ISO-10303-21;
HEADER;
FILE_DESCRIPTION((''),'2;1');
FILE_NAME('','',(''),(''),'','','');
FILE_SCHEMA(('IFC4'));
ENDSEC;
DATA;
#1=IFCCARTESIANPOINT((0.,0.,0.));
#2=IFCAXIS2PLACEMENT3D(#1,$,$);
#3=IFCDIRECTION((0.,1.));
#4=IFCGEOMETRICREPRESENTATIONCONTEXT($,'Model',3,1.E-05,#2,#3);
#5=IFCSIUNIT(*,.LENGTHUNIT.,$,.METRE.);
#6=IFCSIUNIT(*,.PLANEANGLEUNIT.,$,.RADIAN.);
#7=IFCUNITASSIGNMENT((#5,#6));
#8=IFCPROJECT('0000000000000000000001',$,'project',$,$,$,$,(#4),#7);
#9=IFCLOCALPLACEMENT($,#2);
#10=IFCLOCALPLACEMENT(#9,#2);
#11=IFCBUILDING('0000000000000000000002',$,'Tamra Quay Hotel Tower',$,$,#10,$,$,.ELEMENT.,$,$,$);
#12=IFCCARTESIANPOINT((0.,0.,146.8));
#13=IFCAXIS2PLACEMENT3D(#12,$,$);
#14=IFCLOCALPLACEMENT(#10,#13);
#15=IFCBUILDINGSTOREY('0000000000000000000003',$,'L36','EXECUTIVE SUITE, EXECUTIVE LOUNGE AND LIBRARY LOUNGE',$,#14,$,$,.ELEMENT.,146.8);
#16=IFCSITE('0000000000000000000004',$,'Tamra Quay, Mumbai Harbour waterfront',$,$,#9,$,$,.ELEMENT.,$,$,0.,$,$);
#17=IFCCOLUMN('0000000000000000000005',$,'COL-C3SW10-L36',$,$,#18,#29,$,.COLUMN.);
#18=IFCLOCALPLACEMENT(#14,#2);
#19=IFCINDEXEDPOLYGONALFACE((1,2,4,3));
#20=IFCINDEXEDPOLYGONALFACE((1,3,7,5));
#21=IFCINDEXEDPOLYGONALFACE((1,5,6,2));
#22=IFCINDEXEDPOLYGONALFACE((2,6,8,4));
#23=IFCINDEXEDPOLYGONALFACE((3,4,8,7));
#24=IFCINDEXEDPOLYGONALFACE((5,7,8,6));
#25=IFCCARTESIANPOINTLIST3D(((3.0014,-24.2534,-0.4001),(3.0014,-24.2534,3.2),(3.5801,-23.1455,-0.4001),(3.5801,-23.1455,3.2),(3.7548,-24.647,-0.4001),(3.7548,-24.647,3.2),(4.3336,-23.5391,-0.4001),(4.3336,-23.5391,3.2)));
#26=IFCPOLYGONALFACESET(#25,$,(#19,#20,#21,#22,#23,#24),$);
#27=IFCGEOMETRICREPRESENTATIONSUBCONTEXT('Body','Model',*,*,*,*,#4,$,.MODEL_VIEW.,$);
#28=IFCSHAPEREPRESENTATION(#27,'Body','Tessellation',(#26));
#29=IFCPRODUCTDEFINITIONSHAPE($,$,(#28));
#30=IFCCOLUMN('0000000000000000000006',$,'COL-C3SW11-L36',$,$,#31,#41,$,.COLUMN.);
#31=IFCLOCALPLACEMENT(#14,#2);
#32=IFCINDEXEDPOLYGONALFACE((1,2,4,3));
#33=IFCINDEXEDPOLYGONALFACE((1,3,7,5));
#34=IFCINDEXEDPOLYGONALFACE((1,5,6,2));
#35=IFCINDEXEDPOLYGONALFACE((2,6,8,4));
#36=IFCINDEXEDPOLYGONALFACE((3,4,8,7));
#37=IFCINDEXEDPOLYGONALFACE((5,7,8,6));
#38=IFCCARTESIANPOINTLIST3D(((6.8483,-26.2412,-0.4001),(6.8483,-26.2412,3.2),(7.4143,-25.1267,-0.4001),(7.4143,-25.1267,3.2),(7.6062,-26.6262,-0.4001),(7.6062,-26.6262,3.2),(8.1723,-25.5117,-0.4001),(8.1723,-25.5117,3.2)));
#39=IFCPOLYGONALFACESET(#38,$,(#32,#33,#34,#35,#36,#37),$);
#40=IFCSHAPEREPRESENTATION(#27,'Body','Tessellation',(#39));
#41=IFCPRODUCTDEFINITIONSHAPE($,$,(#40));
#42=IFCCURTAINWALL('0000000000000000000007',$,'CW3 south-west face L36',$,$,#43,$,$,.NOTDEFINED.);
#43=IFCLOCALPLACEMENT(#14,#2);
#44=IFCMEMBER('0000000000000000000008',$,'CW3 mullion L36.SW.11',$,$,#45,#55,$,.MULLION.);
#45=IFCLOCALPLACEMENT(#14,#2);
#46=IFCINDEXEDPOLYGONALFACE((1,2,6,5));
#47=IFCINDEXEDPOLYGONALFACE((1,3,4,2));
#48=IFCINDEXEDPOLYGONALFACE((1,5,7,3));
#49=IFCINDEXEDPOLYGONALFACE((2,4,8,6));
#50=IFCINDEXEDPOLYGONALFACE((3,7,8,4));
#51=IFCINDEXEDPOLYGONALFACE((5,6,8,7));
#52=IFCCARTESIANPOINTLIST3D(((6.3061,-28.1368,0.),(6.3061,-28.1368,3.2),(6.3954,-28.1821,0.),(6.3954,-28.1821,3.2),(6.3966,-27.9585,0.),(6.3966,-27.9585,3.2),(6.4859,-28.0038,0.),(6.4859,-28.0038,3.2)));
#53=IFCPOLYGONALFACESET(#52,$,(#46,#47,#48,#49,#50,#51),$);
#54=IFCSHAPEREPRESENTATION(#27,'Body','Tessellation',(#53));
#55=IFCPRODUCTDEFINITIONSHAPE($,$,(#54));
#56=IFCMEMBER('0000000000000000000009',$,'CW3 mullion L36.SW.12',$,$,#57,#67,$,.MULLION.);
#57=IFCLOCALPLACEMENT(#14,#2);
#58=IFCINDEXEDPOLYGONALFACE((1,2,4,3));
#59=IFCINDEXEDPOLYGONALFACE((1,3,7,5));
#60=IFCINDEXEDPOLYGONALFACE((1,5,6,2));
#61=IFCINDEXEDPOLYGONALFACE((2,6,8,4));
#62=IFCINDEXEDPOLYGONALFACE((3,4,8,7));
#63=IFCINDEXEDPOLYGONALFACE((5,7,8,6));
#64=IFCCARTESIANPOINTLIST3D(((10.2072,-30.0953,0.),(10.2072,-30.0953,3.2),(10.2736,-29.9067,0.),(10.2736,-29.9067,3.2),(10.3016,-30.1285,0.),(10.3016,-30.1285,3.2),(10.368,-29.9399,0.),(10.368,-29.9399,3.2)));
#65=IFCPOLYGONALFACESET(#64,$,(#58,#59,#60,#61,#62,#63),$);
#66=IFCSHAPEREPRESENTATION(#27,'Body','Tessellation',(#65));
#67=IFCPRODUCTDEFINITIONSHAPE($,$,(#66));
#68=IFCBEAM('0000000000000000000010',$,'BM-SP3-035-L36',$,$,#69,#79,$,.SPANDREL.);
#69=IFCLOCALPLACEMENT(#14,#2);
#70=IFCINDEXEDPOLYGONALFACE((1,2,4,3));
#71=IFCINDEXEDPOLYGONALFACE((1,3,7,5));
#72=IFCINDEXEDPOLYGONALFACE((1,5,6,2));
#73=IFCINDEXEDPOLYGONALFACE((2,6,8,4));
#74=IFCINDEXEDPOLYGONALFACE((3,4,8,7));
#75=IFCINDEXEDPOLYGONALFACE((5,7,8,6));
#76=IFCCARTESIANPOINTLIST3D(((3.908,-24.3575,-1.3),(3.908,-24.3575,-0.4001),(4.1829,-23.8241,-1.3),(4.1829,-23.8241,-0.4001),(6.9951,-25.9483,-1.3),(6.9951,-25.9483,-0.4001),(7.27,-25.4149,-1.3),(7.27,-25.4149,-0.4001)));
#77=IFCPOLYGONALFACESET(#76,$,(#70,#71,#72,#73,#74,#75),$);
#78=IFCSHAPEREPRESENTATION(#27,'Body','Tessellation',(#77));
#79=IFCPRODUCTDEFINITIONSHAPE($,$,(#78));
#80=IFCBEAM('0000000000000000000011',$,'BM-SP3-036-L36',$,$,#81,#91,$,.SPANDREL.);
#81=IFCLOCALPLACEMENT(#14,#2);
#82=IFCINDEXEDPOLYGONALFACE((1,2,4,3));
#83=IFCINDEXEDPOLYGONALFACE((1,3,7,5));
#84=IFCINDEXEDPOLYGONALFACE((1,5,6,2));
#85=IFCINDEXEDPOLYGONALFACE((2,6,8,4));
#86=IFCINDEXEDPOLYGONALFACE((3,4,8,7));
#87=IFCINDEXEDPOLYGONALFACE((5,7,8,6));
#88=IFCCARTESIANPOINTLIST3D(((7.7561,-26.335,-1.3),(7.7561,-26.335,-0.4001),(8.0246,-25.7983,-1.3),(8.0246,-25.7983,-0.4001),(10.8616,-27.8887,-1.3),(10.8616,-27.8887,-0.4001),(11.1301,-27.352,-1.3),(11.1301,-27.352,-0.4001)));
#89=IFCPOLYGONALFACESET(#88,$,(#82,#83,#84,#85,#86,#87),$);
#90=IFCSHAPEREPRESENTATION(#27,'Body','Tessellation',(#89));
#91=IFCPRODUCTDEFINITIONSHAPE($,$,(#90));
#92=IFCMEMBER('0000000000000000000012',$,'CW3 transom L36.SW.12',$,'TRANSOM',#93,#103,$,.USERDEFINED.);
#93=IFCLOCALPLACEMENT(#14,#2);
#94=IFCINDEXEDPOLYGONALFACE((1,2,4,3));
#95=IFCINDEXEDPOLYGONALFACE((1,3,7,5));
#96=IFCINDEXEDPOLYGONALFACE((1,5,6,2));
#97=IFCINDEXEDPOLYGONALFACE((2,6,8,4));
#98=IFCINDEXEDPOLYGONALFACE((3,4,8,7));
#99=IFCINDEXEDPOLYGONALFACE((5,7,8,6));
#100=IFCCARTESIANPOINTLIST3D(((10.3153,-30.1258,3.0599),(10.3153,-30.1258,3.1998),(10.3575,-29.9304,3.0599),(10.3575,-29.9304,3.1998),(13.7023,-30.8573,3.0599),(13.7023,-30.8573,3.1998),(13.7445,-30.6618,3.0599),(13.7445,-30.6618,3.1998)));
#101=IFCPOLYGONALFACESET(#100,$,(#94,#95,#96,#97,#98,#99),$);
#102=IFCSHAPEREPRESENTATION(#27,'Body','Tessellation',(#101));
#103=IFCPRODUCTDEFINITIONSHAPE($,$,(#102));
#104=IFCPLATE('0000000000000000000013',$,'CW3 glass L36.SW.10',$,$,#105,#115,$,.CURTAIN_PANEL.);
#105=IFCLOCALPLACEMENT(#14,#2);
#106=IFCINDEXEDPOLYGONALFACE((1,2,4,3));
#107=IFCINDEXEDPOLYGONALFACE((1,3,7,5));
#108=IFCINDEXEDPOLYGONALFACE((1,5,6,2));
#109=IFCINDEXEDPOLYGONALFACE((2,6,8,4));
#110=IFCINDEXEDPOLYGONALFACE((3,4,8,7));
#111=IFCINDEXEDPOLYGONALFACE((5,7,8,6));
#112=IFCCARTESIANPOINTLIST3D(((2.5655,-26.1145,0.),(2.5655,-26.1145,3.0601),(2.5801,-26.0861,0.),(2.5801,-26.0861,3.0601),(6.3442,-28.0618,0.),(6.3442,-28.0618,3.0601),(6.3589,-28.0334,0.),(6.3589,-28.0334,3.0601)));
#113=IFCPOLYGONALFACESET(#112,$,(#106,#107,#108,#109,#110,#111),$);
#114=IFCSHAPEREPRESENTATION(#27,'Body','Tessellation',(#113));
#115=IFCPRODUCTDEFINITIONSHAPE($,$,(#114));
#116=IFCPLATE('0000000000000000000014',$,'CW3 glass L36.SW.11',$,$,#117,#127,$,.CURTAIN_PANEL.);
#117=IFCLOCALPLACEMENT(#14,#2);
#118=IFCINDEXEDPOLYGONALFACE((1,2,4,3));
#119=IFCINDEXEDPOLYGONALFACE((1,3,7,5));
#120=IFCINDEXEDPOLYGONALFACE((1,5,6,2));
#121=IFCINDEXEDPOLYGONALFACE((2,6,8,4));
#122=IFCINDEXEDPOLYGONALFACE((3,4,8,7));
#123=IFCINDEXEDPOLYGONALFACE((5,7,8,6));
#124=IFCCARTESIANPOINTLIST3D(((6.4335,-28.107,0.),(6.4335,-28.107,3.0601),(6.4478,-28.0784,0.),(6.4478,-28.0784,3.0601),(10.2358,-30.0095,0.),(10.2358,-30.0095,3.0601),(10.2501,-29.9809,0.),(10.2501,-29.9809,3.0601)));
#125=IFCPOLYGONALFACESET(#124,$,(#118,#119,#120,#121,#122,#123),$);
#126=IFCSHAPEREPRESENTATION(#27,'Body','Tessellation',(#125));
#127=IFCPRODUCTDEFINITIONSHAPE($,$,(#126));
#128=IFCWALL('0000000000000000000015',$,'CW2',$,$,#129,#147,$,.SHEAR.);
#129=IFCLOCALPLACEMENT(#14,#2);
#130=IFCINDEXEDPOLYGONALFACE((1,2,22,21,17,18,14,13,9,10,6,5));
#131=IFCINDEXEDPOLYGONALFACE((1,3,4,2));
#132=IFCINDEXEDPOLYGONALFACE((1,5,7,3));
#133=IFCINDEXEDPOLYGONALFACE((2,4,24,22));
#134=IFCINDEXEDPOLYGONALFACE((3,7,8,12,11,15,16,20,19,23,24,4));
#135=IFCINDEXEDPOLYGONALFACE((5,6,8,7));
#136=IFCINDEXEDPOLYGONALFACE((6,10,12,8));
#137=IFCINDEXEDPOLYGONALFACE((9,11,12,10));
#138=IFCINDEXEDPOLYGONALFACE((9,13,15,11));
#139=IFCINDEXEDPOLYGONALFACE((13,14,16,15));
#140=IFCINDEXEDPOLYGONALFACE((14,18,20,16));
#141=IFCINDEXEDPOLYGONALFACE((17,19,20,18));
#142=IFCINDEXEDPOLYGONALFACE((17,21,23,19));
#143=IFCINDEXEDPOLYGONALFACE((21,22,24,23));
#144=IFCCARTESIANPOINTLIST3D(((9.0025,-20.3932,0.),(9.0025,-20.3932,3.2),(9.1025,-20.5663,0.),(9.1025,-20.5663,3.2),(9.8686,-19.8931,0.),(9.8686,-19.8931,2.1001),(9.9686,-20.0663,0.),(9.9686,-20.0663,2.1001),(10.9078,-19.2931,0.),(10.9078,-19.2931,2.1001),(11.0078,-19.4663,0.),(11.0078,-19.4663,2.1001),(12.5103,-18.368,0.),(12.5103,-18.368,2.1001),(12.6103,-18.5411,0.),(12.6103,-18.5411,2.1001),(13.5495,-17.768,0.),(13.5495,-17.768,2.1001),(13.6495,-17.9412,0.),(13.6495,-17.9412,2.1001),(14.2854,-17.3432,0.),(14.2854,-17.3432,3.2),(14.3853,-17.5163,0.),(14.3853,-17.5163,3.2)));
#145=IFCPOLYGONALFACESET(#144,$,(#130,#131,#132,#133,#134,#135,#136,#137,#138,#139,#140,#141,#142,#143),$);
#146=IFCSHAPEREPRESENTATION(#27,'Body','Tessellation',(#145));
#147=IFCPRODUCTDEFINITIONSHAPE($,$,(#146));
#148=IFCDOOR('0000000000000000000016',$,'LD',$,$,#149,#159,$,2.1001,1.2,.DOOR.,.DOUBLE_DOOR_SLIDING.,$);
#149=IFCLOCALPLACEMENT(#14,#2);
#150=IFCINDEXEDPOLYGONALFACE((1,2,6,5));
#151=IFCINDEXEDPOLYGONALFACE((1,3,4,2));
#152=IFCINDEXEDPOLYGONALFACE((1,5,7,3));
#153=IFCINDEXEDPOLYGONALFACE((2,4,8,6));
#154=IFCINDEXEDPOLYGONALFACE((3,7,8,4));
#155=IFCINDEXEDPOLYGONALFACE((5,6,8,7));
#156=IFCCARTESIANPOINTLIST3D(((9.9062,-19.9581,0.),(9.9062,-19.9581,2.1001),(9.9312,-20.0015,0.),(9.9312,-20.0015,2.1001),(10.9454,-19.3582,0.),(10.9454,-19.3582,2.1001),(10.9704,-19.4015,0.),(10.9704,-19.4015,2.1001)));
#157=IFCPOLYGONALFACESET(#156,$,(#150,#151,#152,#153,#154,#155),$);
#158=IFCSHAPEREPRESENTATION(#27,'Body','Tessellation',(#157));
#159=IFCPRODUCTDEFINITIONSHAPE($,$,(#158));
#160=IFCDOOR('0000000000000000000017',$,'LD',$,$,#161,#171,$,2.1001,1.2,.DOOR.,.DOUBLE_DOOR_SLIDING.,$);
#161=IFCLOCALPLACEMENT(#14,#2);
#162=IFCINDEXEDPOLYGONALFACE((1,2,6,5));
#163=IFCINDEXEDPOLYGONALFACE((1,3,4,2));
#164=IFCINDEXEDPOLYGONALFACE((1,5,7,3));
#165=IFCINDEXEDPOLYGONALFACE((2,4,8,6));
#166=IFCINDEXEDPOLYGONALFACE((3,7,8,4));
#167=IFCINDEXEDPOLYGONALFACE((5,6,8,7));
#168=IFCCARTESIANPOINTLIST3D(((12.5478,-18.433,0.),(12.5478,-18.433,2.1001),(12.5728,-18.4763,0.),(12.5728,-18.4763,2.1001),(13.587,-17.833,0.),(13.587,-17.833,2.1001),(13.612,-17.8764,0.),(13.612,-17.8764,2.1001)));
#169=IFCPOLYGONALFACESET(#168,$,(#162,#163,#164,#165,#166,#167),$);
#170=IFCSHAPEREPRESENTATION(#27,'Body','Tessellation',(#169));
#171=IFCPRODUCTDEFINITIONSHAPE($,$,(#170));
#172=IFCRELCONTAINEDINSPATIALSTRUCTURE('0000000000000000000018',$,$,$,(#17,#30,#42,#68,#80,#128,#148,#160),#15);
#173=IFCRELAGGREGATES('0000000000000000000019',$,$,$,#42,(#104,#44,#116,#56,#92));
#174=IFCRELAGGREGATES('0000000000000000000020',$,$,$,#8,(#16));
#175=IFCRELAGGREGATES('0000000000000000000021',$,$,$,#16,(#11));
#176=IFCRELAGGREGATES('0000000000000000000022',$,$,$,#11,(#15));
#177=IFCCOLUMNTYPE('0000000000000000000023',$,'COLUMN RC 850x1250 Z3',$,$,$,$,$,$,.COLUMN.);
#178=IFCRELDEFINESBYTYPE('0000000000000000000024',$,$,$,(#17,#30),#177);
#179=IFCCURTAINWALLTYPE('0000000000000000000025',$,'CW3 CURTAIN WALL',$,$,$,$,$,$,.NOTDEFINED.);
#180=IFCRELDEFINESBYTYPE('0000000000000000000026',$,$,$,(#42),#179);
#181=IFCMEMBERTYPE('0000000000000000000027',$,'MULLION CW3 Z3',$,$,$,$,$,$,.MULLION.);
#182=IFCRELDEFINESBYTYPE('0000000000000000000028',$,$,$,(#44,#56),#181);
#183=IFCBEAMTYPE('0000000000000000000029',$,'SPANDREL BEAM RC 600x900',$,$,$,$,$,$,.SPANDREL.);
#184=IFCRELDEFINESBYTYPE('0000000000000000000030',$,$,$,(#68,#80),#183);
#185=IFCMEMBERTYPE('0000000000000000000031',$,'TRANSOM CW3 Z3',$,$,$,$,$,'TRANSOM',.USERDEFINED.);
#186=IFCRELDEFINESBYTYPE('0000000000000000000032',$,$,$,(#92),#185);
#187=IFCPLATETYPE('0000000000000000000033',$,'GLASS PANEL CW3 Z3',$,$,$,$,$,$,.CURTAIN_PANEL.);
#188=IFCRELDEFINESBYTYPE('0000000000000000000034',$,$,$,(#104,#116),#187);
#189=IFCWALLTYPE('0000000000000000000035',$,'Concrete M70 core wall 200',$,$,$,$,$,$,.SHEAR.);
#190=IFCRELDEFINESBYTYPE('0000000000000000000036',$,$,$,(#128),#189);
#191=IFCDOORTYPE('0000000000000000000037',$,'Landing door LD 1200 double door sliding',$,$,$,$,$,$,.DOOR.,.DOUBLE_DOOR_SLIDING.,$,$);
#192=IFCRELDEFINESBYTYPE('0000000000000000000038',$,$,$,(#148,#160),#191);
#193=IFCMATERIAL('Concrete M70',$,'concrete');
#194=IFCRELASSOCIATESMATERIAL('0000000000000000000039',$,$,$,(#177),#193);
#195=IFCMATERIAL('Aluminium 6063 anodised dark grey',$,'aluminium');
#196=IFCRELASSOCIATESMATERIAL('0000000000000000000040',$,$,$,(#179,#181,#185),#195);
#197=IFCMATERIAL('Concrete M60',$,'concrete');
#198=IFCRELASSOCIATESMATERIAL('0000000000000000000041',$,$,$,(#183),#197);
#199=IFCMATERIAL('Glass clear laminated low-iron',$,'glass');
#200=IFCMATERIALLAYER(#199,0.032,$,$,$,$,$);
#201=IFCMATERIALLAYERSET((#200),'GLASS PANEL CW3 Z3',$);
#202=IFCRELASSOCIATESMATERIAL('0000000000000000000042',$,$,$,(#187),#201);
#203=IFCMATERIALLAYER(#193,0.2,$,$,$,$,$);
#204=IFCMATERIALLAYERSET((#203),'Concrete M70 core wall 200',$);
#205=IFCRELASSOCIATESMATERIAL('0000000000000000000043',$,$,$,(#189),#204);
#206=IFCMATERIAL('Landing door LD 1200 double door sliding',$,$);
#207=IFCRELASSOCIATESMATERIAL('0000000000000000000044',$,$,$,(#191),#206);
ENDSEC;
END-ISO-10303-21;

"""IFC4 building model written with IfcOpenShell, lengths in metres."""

from ifc_helpers import new_model, si_unit, direction, frame, frame_2d, origin, origin_2d, place, context, subcontext, project, spatial, rectangle, extrude, material, layer, layer_set, material_profile, profile_set, type_object, element, fill, aggregate, save


model = new_model("IFC4")

# Units and contexts
model_context = context("Model", 3, precision=1e-05, world=origin(), true_north=direction((0.0, 1.0)))
body_context = subcontext(model_context, "Body", "Model", "MODEL_VIEW")
ifc_project = project(units=[si_unit("LENGTHUNIT", "METRE"), si_unit("PLANEANGLEUNIT", "RADIAN")], contexts=[model_context])

# Site, building, storey
site_placement = place(None, origin())
site = spatial("IfcSite", under=ifc_project, at=site_placement, Name="Tamra Quay, Mumbai Harbour waterfront", CompositionType="ELEMENT", RefElevation=0.0)
building_placement = place(site_placement, origin())
building = spatial("IfcBuilding", under=site, at=building_placement, Name="Tamra Quay Hotel Tower", CompositionType="ELEMENT")
storey_placement = place(building_placement, frame((0.0, 0.0, 146.8)))
storey = spatial("IfcBuildingStorey", under=building, at=storey_placement, Name="L36", Description="EXECUTIVE SUITE, EXECUTIVE LOUNGE AND LIBRARY LOUNGE", CompositionType="ELEMENT", Elevation=146.8)

# Columns
ifc_material_1 = material(Name="Concrete M70", Category="concrete")
ifc_material_profile_1 = material_profile(ifc_material_1, rectangle(XDim=1.25, YDim=0.8501, at=origin_2d()), Name="COLUMN RC 850x1250 Z3")
ifc_profile_set_1 = profile_set([ifc_material_profile_1], Name="Concrete M70")
column_type = type_object("IfcColumnType", Name="COLUMN RC 850x1250 Z3", PredefinedType="COLUMN", material=ifc_profile_set_1)
for number, where, z_axis, x_axis, name in (
    (1, (3.6675, -23.8962, -0.4001), (0.0, 0.0, 1.0), (0.463007, 0.886355, 0.0), "COL-C3SW10-L36"),
    (2, (7.5103, -25.8765, -0.4001), (0.0, 0.0, 1.0), (0.45286, 0.891582, 0.0), "COL-C3SW11-L36"),
):
    element("IfcColumn", number, at=place(storey_placement, frame(where, z_axis=z_axis, x_axis=x_axis)), inside=storey, type_object=column_type, Name=name, PredefinedType="COLUMN", context=body_context, shape_type="SweptSolid", body=[
        extrude(rectangle(XDim=1.25, YDim=0.8501, at=origin_2d()), origin(), (0.0, 0.0, 1.0), 3.6001),
    ])

# Curtain wall, members
ifc_material_2 = material(Name="Aluminium 6063 anodised dark grey", Category="aluminium")
curtain_wall_type = type_object("IfcCurtainWallType", Name="CW3 CURTAIN WALL", PredefinedType="NOTDEFINED", material=ifc_material_2)
curtain_wall_placement = place(storey_placement, origin())
curtain_wall = element("IfcCurtainWall", 3, at=curtain_wall_placement, inside=storey, type_object=curtain_wall_type, Name="CW3 south-west face L36", PredefinedType="NOTDEFINED")
ifc_material_profile_2 = material_profile(ifc_material_2, rectangle(XDim=0.2, YDim=0.1001, at=origin_2d()), Name="MULLION 100X200")
ifc_profile_set_2 = profile_set([ifc_material_profile_2], Name="Aluminium 6063 anodised dark grey")
member_type_1 = type_object("IfcMemberType", Name="MULLION CW3 Z3", PredefinedType="MULLION", material=ifc_profile_set_2)
member_1_placement = place(storey_placement, frame((6.396, -28.0703, 0.0), z_axis=(0.0, 0.0, 1.0), x_axis=(-0.452777, -0.891624, 0.0)))
member_1 = element("IfcMember", 4, at=member_1_placement, type_object=member_type_1, Name="CW3 mullion L36.SW.11", PredefinedType="MULLION", context=body_context, shape_type="SweptSolid", body=[
    extrude(rectangle(XDim=0.2, YDim=0.1001, at=origin_2d()), origin(), (0.0, 0.0, 1.0), 3.2),
])
member_2_placement = place(storey_placement, frame((10.2876, -30.0176, 0.0), z_axis=(0.0, 0.0, 1.0), x_axis=(-0.331894, -0.943317, 0.0)))
member_2 = element("IfcMember", 5, at=member_2_placement, type_object=member_type_1, Name="CW3 mullion L36.SW.12", PredefinedType="MULLION", context=body_context, shape_type="SweptSolid", body=[
    extrude(rectangle(XDim=0.2, YDim=0.1001, at=origin_2d()), origin(), (0.0, 0.0, 1.0), 3.2),
])

# Beams
ifc_material_3 = material(Name="Concrete M60", Category="concrete")
ifc_material_profile_3 = material_profile(ifc_material_3, rectangle(XDim=0.6001, YDim=0.8999, at=origin_2d()), Name="SPANDREL BEAM RC 600x900")
ifc_profile_set_3 = profile_set([ifc_material_profile_3], Name="Concrete M60")
beam_type = type_object("IfcBeamType", Name="SPANDREL BEAM RC 600x900", PredefinedType="SPANDREL", material=ifc_profile_set_3)
beam_1_placement = place(storey_placement, frame((4.0454, -24.0908, -0.8501), z_axis=(0.88892, -0.458063, 0.0), x_axis=(0.458063, 0.88892, 0.0)))
element("IfcBeam", 6, at=beam_1_placement, inside=storey, type_object=beam_type, Name="BM-SP3-035-L36", PredefinedType="SPANDREL", context=body_context, shape_type="SweptSolid", body=[
    extrude(rectangle(XDim=0.6001, YDim=0.8999, at=origin_2d()), origin(), (0.0, 0.0, 1.0), 3.4729),
])
beam_2_placement = place(storey_placement, frame((7.8904, -26.0667, -0.8501), z_axis=(0.894315, -0.447439, 0.0), x_axis=(0.447439, 0.894315, 0.0)))
element("IfcBeam", 7, at=beam_2_placement, inside=storey, type_object=beam_type, Name="BM-SP3-036-L36", PredefinedType="SPANDREL", context=body_context, shape_type="SweptSolid", body=[
    extrude(rectangle(XDim=0.6001, YDim=0.8999, at=origin_2d()), origin(), (0.0, 0.0, 1.0), 3.4724),
])

# Member
ifc_material_profile_4 = material_profile(ifc_material_2, rectangle(XDim=0.2, YDim=0.1399, at=origin_2d()), Name="TRANSOM 200X140")
ifc_profile_set_4 = profile_set([ifc_material_profile_4], Name="Aluminium 6063 anodised dark grey")
member_type_2 = type_object("IfcMemberType", Name="TRANSOM CW3 Z3", ElementType="TRANSOM", PredefinedType="USERDEFINED", material=ifc_profile_set_4)
member_3_placement = place(storey_placement, frame((10.3364, -30.0281, 3.1299), z_axis=(0.977466, -0.211093, 0.0), x_axis=(0.211093, 0.977466, 0.0)))
member_3 = element("IfcMember", 8, at=member_3_placement, type_object=member_type_2, Name="CW3 transom L36.SW.12", ObjectType="TRANSOM", PredefinedType="USERDEFINED", context=body_context, shape_type="SweptSolid", body=[
    extrude(rectangle(XDim=0.2, YDim=0.1399, at=origin_2d()), origin(), (0.0, 0.0, 1.0), 3.4651),
])

# Plates
ifc_material_4 = material(Name="Glass clear laminated low-iron", Category="glass")
ifc_layer_1 = layer(ifc_material_4, 0.032)
ifc_layer_set_1 = layer_set([ifc_layer_1], Name="GLASS PANEL CW3 Z3")
plate_type = type_object("IfcPlateType", Name="GLASS PANEL CW3 Z3", PredefinedType="CURTAIN_PANEL", material=ifc_layer_set_1)
plate_1_placement = place(storey_placement, frame((4.4622, -27.074, 0.0), z_axis=(0.0, 0.0, 1.0), x_axis=(0.888911, -0.458079, 0.0)))
plate_1 = element("IfcPlate", 9, at=plate_1_placement, type_object=plate_type, Name="CW3 glass L36.SW.10", PredefinedType="CURTAIN_PANEL", context=body_context, shape_type="SweptSolid", body=[
    extrude(rectangle(XDim=4.251, YDim=0.032, at=origin_2d()), origin(), (0.0, 0.0, 1.0), 3.0601),
])
plate_2_placement = place(storey_placement, frame((8.3418, -29.0439, 0.0), z_axis=(0.0, 0.0, 1.0), x_axis=(0.894305, -0.447459, 0.0)))
plate_2 = element("IfcPlate", 10, at=plate_2_placement, type_object=plate_type, Name="CW3 glass L36.SW.11", PredefinedType="CURTAIN_PANEL", context=body_context, shape_type="SweptSolid", body=[
    extrude(rectangle(XDim=4.2517, YDim=0.032, at=origin_2d()), origin(), (0.0, 0.0, 1.0), 3.0601),
])
aggregate(curtain_wall, [plate_1, member_1, plate_2, member_2, member_3])

# Wall, openings, doors
ifc_layer_2 = layer(ifc_material_1, 0.2)
ifc_layer_set_2 = layer_set([ifc_layer_2], Name="Concrete M70 core wall 200")
wall_type_1 = type_object("IfcWallType", Name="Concrete M70 core wall 200", PredefinedType="SHEAR", material=ifc_layer_set_2)
wall_1_placement = place(storey_placement, frame((9.0525, -20.4797, 0.0), z_axis=(0.0, 0.0, 1.0), x_axis=(0.86603, 0.499992, 0.0)))
wall_1 = element("IfcWall", 11, at=wall_1_placement, inside=storey, type_object=wall_type_1, Name="CW2", PredefinedType="SHEAR", context=body_context, shape_type="SweptSolid", body=[
    extrude(rectangle(XDim=6.1001, YDim=0.2, at=frame_2d((3.05, 0.0))), origin(), (0.0, 0.0, 1.0), 3.2),
])
opening_1_placement = place(wall_1_placement, frame((1.0, 0.0, 0.0)))
opening_1 = element("IfcOpeningElement", 12, at=opening_1_placement, cuts=wall_1, PredefinedType="OPENING", context=body_context, shape_type="SweptSolid", body=[
    extrude(rectangle(XDim=1.2, YDim=2.1001, at=frame_2d((0.6001, 1.05))), frame((0.0, 0.1099, 0.0), z_axis=(0.0, -1.0, 0.0), x_axis=(1.0, 0.0, 0.0)), (0.0, 0.0, 1.0), 0.22),
])
opening_2_placement = place(wall_1_placement, frame((4.0503, 0.0, 0.0)))
opening_2 = element("IfcOpeningElement", 13, at=opening_2_placement, cuts=wall_1, PredefinedType="OPENING", context=body_context, shape_type="SweptSolid", body=[
    extrude(rectangle(XDim=1.2, YDim=2.1001, at=frame_2d((0.6001, 1.05))), frame((0.0, 0.1099, 0.0), z_axis=(0.0, -1.0, 0.0), x_axis=(1.0, 0.0, 0.0)), (0.0, 0.0, 1.0), 0.22),
])
ifc_material_5 = material(Name="Landing door LD 1200 double door sliding")
door_type_1 = type_object("IfcDoorType", Name="Landing door LD 1200 double door sliding", OperationType="DOUBLE_DOOR_SLIDING", PredefinedType="DOOR", material=ifc_material_5)
door_1_placement = place(opening_1_placement, origin())
door_1 = element("IfcDoor", 14, at=door_1_placement, inside=storey, type_object=door_type_1, Name="LD", OperationType="DOUBLE_DOOR_SLIDING", OverallHeight=2.1001, OverallWidth=1.2, PredefinedType="DOOR", context=body_context, shape_type="SweptSolid", body=[
    extrude(rectangle(XDim=1.2, YDim=2.1001, at=frame_2d((0.6001, 1.05))), frame((0.0, 0.0249, 0.0), z_axis=(0.0, -1.0, 0.0), x_axis=(1.0, 0.0, 0.0)), (0.0, 0.0, 1.0), 0.05),
])
fill(opening_1, door_1)
door_2_placement = place(opening_2_placement, origin())
door_2 = element("IfcDoor", 15, at=door_2_placement, inside=storey, type_object=door_type_1, Name="LD", OperationType="DOUBLE_DOOR_SLIDING", OverallHeight=2.1001, OverallWidth=1.2, PredefinedType="DOOR", context=body_context, shape_type="SweptSolid", body=[
    extrude(rectangle(XDim=1.2, YDim=2.1001, at=frame_2d((0.6001, 1.05))), frame((0.0, 0.0249, 0.0), z_axis=(0.0, -1.0, 0.0), x_axis=(1.0, 0.0, 0.0)), (0.0, 0.0, 1.0), 0.05),
])
fill(opening_2, door_2)

save(model, "model.ifc")
